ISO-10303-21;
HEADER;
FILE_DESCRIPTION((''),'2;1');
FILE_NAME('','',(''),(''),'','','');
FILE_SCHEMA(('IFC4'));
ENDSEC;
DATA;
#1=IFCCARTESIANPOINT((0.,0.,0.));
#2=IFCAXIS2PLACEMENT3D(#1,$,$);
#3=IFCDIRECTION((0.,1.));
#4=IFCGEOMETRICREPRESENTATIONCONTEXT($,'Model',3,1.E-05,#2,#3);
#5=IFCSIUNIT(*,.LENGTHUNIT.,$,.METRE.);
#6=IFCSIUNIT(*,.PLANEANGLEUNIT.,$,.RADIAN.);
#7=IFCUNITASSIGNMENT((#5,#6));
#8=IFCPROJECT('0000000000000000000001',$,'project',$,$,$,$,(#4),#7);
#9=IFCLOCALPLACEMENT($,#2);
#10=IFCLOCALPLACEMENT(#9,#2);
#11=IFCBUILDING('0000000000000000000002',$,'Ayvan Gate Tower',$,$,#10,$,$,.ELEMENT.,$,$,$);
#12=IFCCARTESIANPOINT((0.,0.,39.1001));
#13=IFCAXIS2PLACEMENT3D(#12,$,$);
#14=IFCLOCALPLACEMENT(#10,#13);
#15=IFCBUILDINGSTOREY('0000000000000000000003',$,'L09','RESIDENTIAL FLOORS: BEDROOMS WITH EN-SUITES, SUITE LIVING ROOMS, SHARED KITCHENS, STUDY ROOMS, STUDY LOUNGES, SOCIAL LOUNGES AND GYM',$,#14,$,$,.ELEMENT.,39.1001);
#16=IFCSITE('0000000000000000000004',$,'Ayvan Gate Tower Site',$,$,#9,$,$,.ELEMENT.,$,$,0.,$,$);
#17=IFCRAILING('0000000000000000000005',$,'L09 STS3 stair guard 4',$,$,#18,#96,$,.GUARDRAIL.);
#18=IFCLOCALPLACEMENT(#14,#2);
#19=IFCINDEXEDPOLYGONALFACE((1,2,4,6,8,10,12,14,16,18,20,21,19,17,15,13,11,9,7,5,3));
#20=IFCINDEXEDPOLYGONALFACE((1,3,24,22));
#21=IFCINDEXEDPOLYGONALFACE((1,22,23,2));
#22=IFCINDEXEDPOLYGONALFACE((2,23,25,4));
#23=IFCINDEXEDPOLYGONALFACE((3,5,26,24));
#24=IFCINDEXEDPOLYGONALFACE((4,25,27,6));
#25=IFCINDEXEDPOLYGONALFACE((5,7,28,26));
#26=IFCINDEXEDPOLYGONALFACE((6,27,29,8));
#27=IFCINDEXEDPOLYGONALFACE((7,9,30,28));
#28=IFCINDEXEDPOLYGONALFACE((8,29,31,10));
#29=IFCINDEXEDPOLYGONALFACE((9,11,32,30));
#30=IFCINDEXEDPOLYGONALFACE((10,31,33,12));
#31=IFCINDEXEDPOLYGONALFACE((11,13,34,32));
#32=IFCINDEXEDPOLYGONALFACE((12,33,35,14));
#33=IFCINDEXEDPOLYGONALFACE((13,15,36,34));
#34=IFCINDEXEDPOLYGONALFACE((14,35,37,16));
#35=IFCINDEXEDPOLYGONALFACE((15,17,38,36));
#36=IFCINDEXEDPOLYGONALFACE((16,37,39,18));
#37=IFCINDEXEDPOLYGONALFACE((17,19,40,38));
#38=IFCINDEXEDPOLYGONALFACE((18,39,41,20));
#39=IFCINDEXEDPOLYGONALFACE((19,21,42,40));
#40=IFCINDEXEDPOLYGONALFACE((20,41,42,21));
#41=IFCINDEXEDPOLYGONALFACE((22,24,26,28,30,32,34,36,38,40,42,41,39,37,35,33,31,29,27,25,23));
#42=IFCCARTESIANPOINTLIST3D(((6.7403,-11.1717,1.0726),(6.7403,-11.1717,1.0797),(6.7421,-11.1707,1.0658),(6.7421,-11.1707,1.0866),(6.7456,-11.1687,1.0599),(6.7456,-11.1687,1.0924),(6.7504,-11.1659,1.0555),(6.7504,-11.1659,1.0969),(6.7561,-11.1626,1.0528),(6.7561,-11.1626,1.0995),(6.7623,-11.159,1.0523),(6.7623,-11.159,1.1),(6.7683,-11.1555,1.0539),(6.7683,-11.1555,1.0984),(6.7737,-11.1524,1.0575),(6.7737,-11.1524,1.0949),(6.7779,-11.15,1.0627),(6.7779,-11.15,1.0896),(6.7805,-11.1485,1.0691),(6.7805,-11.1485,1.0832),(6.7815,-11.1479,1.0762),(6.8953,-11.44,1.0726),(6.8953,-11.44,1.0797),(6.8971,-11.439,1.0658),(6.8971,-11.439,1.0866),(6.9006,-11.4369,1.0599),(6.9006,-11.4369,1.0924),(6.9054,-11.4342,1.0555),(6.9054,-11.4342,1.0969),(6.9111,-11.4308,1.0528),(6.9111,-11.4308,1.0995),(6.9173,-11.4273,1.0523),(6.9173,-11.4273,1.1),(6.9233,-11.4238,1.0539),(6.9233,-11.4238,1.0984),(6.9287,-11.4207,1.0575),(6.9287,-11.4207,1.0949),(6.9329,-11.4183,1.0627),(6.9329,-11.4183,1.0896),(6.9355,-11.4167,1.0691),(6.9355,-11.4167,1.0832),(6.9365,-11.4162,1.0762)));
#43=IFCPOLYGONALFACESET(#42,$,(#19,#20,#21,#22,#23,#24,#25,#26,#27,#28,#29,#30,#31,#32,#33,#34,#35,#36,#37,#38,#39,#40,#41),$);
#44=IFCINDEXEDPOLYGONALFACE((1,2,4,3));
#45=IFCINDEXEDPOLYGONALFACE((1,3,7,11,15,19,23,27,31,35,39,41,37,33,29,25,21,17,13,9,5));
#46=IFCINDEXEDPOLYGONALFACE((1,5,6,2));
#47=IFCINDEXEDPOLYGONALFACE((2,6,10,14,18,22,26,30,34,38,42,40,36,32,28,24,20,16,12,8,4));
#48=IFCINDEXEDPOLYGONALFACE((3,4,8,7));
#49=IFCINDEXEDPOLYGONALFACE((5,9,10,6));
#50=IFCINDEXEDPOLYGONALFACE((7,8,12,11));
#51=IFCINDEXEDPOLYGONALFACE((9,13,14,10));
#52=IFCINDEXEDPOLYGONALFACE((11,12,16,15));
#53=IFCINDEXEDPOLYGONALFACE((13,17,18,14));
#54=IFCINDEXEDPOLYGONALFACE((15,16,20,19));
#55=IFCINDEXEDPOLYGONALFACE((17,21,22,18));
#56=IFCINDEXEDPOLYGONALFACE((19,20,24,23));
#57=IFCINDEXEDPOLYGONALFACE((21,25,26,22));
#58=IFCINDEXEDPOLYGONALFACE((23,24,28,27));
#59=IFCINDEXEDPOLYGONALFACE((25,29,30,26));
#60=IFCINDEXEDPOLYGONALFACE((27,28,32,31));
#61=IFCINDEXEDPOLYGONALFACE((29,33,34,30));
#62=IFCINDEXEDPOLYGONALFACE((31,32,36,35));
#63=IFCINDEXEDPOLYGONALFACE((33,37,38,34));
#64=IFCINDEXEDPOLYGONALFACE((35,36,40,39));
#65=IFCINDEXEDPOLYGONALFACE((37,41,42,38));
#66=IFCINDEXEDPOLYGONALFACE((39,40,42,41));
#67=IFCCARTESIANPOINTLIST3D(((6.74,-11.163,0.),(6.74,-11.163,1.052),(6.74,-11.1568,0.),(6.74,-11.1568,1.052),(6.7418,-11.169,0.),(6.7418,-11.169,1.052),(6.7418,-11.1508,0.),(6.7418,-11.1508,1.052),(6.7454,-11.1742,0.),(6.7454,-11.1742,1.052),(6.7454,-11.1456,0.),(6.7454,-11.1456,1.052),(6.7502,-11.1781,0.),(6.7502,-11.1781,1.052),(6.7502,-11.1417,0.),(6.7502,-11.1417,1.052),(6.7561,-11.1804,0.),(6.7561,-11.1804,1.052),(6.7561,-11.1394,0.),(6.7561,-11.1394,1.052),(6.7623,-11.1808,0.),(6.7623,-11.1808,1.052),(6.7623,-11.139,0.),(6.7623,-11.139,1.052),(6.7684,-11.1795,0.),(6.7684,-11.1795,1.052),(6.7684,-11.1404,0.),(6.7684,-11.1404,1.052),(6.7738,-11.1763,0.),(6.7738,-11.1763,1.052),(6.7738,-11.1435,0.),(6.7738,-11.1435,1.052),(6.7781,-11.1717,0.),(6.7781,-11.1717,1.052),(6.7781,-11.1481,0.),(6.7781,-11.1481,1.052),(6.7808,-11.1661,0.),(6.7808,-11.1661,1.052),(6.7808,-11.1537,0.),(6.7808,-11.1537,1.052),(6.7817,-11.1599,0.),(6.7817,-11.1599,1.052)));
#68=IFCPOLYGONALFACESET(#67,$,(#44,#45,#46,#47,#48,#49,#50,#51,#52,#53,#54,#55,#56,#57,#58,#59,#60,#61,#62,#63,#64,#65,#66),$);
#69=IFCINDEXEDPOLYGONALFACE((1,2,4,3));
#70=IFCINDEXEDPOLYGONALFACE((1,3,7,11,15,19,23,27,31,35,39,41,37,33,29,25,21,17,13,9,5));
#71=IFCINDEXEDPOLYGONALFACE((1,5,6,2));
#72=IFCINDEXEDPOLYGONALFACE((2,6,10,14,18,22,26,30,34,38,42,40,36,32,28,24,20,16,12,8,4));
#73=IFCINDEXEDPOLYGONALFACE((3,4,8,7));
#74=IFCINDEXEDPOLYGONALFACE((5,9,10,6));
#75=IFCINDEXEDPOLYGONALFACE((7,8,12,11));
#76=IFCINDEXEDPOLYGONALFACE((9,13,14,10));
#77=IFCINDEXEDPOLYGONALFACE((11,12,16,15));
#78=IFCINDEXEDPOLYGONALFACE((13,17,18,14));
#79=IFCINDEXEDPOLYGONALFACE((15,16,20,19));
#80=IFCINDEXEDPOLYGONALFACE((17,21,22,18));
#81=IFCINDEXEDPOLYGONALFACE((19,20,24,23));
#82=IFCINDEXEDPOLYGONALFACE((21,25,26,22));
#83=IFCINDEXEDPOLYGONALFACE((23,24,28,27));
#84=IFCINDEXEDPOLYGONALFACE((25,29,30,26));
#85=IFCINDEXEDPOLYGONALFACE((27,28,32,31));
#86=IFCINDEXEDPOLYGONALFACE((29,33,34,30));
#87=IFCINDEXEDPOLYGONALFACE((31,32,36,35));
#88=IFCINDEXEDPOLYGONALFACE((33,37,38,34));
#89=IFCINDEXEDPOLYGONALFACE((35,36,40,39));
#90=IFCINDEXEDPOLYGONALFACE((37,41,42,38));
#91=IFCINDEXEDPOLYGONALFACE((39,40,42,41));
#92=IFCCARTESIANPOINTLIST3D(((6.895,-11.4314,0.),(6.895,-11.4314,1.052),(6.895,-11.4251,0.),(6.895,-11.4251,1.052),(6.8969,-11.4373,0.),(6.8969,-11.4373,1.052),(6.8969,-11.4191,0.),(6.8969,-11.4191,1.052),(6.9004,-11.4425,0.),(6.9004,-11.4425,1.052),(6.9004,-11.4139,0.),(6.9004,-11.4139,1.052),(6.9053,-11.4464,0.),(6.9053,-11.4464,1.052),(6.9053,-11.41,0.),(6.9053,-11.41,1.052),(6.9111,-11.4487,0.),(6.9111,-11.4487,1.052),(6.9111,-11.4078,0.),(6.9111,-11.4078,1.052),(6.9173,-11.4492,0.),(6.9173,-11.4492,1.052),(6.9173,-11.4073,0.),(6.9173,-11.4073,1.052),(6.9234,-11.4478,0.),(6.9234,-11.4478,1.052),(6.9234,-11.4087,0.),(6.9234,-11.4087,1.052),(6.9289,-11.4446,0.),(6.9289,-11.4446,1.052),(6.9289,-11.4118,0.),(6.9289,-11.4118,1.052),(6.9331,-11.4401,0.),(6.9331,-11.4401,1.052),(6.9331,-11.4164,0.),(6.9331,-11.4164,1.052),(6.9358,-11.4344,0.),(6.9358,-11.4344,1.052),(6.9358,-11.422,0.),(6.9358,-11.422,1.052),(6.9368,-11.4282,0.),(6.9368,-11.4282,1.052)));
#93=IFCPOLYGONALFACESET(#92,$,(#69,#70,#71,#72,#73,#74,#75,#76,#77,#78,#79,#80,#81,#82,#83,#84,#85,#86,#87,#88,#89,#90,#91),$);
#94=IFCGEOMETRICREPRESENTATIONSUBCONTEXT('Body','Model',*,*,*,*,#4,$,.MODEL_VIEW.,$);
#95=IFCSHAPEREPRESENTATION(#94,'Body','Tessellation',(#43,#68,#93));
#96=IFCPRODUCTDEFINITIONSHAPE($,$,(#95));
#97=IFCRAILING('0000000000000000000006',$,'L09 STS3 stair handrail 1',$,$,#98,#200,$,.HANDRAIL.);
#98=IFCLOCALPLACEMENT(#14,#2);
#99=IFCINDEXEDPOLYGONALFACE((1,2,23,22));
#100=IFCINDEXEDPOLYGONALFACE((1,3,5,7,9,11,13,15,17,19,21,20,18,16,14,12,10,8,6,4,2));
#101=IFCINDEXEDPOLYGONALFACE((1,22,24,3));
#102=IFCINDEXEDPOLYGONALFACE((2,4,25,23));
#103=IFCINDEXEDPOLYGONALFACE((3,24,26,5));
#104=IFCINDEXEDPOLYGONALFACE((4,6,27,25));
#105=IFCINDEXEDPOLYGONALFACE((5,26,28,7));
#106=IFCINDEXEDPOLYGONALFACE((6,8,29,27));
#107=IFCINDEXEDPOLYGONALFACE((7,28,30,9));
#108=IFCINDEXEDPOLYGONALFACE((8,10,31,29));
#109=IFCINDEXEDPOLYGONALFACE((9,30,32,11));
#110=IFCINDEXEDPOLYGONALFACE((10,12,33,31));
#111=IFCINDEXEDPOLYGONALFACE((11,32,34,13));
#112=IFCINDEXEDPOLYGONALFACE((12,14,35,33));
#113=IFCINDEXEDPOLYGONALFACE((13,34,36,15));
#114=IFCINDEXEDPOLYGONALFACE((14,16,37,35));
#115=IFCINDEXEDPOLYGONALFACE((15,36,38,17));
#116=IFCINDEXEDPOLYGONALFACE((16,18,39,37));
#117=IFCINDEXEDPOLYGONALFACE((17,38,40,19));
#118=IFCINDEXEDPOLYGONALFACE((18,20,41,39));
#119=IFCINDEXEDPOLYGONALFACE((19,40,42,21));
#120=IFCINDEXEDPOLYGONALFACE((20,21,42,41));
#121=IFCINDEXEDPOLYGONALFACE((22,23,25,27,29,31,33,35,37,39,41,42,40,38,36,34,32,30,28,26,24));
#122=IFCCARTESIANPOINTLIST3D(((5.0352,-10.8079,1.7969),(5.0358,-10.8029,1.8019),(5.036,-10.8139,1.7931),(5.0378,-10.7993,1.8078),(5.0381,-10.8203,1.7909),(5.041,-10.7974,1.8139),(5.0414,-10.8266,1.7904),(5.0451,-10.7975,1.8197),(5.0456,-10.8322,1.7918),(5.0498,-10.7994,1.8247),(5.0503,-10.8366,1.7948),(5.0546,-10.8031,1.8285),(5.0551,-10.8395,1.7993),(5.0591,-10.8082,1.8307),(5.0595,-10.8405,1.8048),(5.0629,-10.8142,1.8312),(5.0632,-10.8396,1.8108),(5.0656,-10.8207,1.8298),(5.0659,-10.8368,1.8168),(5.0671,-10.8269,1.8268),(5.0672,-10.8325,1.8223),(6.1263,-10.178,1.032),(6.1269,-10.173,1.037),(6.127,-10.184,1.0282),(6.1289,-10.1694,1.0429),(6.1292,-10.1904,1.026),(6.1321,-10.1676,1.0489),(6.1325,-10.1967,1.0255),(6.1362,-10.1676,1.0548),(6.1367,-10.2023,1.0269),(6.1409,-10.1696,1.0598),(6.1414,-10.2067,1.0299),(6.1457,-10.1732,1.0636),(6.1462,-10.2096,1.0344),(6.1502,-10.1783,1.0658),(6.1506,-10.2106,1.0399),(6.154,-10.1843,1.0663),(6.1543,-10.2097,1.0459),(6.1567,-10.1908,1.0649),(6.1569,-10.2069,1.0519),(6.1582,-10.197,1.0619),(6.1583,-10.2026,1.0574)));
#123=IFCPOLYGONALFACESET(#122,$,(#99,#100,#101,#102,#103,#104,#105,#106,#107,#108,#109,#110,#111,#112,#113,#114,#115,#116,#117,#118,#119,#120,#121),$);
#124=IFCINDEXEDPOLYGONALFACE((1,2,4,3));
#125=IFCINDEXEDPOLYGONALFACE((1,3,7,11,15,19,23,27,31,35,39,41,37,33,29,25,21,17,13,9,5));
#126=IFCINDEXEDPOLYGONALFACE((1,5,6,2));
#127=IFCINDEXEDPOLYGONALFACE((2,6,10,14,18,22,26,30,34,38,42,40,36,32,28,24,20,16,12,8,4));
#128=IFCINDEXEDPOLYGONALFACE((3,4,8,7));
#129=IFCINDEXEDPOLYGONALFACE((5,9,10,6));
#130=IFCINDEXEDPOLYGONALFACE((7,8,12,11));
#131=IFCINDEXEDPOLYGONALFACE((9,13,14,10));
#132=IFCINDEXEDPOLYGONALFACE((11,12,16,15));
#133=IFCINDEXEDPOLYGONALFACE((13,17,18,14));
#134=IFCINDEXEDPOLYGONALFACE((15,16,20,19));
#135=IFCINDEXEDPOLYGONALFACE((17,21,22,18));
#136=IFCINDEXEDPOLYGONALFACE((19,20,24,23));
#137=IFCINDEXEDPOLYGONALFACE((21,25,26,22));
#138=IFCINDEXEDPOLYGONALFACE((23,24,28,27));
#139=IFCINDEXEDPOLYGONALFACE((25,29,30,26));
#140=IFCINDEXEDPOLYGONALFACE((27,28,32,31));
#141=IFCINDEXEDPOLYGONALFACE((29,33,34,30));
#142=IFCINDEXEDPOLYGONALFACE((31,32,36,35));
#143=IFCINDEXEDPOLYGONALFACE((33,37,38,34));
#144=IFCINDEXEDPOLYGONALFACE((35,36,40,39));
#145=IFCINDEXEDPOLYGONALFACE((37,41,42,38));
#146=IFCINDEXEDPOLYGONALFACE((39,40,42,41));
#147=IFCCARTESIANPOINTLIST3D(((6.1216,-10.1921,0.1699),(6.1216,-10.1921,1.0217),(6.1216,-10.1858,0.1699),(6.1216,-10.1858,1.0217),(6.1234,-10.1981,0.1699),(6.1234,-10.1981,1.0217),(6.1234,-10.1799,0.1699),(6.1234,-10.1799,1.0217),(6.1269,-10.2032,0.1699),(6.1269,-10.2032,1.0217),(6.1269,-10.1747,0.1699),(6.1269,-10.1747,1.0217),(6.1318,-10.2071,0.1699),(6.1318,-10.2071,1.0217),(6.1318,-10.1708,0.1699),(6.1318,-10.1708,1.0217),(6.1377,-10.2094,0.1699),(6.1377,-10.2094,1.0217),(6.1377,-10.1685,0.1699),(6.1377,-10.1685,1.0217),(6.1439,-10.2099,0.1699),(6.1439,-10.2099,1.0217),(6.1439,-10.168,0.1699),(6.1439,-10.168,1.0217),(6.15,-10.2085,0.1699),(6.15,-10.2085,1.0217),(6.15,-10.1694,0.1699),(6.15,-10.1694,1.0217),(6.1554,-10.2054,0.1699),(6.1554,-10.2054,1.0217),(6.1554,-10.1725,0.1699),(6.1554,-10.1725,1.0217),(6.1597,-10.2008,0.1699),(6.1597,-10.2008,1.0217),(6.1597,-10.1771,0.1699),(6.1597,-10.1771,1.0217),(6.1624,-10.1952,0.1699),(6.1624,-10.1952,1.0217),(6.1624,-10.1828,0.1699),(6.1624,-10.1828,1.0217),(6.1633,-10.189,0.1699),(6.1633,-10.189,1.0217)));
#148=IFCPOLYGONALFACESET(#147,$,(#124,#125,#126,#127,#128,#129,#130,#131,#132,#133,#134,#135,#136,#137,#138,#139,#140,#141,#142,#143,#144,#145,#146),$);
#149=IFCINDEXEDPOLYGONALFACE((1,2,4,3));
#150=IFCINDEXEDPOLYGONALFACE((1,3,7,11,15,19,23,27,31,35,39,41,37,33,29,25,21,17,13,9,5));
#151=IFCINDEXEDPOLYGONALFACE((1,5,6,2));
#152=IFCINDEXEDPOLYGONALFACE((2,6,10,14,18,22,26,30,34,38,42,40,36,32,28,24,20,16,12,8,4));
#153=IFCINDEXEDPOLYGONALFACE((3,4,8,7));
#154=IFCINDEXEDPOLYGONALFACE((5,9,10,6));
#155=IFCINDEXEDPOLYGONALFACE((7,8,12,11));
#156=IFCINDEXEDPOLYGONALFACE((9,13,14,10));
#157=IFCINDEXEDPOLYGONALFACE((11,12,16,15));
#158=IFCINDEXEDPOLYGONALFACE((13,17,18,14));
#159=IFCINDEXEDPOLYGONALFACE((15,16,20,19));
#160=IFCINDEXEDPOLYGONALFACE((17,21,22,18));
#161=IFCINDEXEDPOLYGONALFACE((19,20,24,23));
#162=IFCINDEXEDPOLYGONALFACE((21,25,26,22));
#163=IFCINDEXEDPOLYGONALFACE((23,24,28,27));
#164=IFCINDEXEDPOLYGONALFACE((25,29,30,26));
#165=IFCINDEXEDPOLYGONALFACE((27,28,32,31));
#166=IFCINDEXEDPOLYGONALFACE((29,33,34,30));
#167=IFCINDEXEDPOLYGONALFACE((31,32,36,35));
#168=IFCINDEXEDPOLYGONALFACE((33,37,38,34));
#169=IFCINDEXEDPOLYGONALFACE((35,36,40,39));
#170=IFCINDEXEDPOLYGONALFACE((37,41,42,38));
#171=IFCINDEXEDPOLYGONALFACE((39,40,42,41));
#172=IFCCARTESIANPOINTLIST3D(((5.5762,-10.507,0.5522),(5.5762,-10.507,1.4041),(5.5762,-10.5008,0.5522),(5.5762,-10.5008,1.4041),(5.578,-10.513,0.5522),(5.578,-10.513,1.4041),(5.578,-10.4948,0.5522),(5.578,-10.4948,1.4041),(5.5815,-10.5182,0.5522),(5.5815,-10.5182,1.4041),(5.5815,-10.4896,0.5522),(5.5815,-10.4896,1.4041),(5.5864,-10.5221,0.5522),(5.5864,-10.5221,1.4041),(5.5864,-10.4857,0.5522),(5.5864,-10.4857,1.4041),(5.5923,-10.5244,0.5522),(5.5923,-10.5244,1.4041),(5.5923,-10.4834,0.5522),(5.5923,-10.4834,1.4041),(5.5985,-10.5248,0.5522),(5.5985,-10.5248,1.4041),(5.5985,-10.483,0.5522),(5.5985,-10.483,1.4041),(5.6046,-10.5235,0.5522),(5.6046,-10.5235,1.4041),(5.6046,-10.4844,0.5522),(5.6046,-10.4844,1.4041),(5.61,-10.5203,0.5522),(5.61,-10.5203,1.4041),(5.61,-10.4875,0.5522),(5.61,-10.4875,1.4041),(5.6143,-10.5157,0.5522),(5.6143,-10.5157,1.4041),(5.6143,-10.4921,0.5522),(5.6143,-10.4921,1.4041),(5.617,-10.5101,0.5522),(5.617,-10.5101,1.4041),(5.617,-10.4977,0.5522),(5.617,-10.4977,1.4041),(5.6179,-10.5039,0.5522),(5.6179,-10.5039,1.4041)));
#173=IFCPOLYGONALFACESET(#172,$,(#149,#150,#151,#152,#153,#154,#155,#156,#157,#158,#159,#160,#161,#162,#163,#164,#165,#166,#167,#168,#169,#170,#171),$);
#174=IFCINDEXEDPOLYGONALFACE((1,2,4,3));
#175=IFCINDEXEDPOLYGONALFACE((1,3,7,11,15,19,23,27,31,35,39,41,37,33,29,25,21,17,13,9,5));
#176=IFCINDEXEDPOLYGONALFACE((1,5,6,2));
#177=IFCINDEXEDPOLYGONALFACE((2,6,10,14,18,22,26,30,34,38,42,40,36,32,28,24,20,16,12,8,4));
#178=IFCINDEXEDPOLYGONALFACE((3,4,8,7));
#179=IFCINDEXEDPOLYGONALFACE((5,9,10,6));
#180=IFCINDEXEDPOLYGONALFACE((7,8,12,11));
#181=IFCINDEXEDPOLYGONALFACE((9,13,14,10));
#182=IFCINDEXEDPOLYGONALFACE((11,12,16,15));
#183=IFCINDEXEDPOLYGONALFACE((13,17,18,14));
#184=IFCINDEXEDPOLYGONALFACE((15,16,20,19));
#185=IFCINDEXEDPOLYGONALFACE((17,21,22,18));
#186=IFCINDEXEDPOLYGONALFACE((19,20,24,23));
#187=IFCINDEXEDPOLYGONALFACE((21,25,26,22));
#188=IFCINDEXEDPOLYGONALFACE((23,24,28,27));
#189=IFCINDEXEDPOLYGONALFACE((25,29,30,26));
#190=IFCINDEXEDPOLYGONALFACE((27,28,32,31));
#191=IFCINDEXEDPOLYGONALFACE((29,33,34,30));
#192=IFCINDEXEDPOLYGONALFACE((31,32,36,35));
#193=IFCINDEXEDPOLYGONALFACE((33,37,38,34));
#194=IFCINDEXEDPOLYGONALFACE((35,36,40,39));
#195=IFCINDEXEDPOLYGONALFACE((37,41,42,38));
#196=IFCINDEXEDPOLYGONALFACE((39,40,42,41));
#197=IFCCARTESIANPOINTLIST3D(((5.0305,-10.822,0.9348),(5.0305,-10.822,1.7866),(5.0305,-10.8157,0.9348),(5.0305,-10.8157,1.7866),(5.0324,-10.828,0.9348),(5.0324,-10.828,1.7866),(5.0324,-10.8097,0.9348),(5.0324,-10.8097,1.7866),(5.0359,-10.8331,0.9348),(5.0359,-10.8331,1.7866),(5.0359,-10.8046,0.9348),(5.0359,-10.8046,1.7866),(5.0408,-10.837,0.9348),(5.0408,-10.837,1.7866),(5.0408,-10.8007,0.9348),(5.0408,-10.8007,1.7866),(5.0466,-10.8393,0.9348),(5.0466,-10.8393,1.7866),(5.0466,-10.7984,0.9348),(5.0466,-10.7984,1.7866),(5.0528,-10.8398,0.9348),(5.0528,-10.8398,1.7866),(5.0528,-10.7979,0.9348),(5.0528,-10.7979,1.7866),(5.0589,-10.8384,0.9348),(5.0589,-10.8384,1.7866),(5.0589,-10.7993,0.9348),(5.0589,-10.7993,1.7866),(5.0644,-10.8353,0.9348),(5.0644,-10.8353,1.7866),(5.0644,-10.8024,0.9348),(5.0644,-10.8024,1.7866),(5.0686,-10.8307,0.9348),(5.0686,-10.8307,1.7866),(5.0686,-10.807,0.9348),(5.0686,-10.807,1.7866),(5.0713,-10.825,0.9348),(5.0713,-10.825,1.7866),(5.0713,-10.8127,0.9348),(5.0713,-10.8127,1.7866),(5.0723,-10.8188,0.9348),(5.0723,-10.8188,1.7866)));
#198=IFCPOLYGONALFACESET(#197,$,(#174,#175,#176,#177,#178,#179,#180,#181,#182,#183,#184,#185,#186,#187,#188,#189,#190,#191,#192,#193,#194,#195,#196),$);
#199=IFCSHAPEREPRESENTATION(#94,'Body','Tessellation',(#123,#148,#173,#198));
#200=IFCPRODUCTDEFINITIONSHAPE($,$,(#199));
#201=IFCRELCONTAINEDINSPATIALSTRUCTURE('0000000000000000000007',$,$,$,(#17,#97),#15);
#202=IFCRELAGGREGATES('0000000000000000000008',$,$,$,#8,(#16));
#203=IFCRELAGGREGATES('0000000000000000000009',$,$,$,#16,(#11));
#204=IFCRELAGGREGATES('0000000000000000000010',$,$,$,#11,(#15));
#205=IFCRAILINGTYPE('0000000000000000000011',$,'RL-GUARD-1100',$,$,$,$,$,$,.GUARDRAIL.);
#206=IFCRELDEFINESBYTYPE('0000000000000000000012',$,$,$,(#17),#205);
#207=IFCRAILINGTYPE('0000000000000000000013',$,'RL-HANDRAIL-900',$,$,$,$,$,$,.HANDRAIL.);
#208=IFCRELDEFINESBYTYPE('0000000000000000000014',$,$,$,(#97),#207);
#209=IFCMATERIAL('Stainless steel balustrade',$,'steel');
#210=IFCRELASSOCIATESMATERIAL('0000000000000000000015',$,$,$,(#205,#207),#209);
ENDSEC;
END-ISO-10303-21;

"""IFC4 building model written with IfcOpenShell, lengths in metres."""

from ifc_helpers import new_model, si_unit, direction, frame, origin, origin_2d, place, context, subcontext, project, spatial, circle, extrude, material, type_object, element, save


model = new_model("IFC4")

# Units and contexts
model_context = context("Model", 3, precision=1e-05, world=origin(), true_north=direction((0.0, 1.0)))
body_context = subcontext(model_context, "Body", "Model", "MODEL_VIEW")
ifc_project = project(units=[si_unit("LENGTHUNIT", "METRE"), si_unit("PLANEANGLEUNIT", "RADIAN")], contexts=[model_context])

# Site, building, storey
site_placement = place(None, origin())
site = spatial("IfcSite", under=ifc_project, at=site_placement, Name="Ayvan Gate Tower Site", CompositionType="ELEMENT", RefElevation=0.0)
building_placement = place(site_placement, origin())
building = spatial("IfcBuilding", under=site, at=building_placement, Name="Ayvan Gate Tower", CompositionType="ELEMENT")
storey_placement = place(building_placement, frame((0.0, 0.0, 39.1001)))
storey = spatial("IfcBuildingStorey", under=building, at=storey_placement, Name="L09", Description="RESIDENTIAL FLOORS: BEDROOMS WITH EN-SUITES, SUITE LIVING ROOMS, SHARED KITCHENS, STUDY ROOMS, STUDY LOUNGES, SOCIAL LOUNGES AND GYM", CompositionType="ELEMENT", Elevation=39.1001)

# Railings
ifc_material_1 = material(Name="Stainless steel balustrade", Category="steel")
railing_type_1 = type_object("IfcRailingType", Name="RL-GUARD-1100", PredefinedType="GUARDRAIL", material=ifc_material_1)
railing_1_placement = place(storey_placement, frame((6.7607, -11.1599, 0.0)))
element("IfcRailing", 1, at=railing_1_placement, inside=storey, type_object=railing_type_1, Name="L09 STS3 stair guard 4", PredefinedType="GUARDRAIL", context=body_context, shape_type="SweptSolid", body=[
    extrude(circle(Radius=0.0239, at=origin_2d()), frame((0.0, 0.0, 1.0762), z_axis=(0.500291, -0.865857, 0.0), x_axis=(0.865857, 0.500291, 0.0)), (0.0, 0.0, 1.0), 0.3098),
    extrude(circle(Radius=0.021, at=origin_2d()), origin(), (0.0, 0.0, 1.0), 1.052),
    extrude(circle(Radius=0.021, at=origin_2d()), frame((0.155, -0.2683, 0.0)), (0.0, 0.0, 1.0), 1.052),
])
railing_type_2 = type_object("IfcRailingType", Name="RL-HANDRAIL-900", PredefinedType="HANDRAIL", material=ifc_material_1)
railing_2_placement = place(storey_placement, frame((6.1423, -10.189, 0.1699)))
element("IfcRailing", 2, at=railing_2_placement, inside=storey, type_object=railing_type_2, Name="L09 STS3 stair handrail 1", PredefinedType="HANDRAIL", context=body_context, shape_type="SweptSolid", body=[
    extrude(circle(Radius=0.0239, at=origin_2d()), frame((0.0, 0.0, 0.876), z_axis=(-0.740282, -0.427372, 0.518976), x_axis=(0.499974, -0.86604, 0.0)), (0.0, 0.0, 1.0), 1.4739),
    extrude(circle(Radius=0.021, at=origin_2d()), origin(), (0.0, 0.0, 1.0), 0.8518),
    extrude(circle(Radius=0.021, at=origin_2d()), frame((-0.5454, -0.3149, 0.3823)), (0.0, 0.0, 1.0), 0.8518),
    extrude(circle(Radius=0.021, at=origin_2d()), frame((-1.0911, -0.6299, 0.7649)), (0.0, 0.0, 1.0), 0.8518),
])

save(model, "model.ifc")
